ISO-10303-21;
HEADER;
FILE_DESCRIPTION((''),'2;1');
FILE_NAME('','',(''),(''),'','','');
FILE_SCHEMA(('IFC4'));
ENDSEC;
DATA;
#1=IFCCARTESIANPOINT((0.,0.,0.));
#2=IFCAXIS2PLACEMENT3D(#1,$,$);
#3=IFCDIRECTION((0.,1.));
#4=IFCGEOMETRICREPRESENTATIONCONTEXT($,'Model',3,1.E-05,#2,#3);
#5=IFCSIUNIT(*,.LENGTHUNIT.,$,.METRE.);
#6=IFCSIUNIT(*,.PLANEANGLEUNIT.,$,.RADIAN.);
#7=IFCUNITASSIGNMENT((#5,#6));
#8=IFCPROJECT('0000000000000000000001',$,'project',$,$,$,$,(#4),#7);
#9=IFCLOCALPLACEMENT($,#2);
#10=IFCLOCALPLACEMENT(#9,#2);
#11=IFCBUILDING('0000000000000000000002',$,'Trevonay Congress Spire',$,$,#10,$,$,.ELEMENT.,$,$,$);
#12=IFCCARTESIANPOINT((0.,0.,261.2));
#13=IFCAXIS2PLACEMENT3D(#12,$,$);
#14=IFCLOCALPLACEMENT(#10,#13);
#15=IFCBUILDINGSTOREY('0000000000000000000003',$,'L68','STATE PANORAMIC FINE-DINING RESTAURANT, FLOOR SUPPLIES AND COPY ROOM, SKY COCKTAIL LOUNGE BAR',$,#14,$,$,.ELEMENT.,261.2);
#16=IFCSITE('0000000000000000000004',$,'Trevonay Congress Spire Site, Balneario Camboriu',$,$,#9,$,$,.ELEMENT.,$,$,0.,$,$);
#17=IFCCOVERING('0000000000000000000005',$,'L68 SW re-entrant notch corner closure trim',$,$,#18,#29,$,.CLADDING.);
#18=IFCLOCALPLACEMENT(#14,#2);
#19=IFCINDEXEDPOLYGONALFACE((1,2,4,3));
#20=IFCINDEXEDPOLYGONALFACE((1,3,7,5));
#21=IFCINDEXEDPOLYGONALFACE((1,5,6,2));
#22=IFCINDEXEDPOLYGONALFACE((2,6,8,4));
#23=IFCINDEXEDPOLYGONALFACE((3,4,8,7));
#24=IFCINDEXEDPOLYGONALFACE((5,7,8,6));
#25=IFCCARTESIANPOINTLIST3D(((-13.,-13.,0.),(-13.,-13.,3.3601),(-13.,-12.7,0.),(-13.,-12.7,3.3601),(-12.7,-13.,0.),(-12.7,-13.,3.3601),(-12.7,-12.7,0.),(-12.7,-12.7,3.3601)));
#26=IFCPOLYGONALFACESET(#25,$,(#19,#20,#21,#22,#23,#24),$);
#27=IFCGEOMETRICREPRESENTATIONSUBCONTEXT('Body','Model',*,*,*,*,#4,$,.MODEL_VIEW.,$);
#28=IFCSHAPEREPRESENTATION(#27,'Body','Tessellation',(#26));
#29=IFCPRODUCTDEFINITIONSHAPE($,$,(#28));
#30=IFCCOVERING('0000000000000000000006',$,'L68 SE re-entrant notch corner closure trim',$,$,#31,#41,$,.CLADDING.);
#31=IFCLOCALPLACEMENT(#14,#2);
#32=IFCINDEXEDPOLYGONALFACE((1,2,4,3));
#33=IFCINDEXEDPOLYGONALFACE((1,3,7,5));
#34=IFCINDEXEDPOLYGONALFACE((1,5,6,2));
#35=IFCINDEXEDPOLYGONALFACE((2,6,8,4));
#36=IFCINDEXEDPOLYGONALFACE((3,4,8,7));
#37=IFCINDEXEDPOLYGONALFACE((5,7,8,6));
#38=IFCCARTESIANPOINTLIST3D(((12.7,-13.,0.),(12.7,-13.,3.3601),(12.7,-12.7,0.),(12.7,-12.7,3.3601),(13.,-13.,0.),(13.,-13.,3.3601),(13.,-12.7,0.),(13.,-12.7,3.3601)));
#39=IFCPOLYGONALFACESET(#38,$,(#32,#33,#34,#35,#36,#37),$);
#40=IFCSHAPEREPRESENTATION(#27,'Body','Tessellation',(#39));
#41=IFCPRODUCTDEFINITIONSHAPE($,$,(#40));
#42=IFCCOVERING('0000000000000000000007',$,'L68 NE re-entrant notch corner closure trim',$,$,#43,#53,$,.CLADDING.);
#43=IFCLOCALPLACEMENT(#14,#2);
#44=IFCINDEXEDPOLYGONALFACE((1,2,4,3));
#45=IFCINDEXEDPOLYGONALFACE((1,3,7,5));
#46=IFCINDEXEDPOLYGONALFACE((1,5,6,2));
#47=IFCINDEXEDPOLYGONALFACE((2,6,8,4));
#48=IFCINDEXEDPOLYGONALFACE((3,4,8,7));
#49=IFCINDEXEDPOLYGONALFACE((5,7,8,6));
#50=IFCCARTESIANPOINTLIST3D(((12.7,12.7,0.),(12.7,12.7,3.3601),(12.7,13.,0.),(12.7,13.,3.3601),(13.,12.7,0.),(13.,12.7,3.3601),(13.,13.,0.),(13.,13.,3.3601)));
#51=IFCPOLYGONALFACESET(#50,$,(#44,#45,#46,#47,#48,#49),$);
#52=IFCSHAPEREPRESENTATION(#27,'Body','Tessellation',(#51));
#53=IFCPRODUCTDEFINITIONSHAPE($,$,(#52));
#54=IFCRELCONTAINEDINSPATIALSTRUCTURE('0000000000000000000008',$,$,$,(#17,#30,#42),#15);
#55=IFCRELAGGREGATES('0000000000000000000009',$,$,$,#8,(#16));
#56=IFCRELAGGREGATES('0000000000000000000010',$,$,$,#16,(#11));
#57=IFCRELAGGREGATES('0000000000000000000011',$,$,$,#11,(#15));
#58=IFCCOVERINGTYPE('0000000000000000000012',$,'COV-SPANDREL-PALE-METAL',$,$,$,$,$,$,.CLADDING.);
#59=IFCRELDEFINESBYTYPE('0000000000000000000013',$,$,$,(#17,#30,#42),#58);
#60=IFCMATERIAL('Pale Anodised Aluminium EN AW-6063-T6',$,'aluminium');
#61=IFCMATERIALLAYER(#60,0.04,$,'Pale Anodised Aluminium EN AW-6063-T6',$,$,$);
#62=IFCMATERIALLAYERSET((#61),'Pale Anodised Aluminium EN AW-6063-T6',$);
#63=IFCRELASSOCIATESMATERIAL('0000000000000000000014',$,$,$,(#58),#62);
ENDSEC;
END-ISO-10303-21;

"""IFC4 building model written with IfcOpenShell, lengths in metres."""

from ifc_helpers import new_model, si_unit, direction, frame, origin, place, context, subcontext, project, spatial, polyline, outline, extrude, material, layer, layer_set, type_object, element, save


model = new_model("IFC4")

# Units and contexts
model_context = context("Model", 3, precision=1e-05, world=origin(), true_north=direction((0.0, 1.0)))
body_context = subcontext(model_context, "Body", "Model", "MODEL_VIEW")
ifc_project = project(units=[si_unit("LENGTHUNIT", "METRE"), si_unit("PLANEANGLEUNIT", "RADIAN")], contexts=[model_context])

# Site, building, storey
site_placement = place(None, origin())
site = spatial("IfcSite", under=ifc_project, at=site_placement, Name="Trevonay Congress Spire Site, Balneario Camboriu", CompositionType="ELEMENT", RefElevation=0.0)
building_placement = place(site_placement, origin())
building = spatial("IfcBuilding", under=site, at=building_placement, Name="Trevonay Congress Spire", CompositionType="ELEMENT")
storey_placement = place(building_placement, frame((0.0, 0.0, 261.2)))
storey = spatial("IfcBuildingStorey", under=building, at=storey_placement, Name="L68", Description="STATE PANORAMIC FINE-DINING RESTAURANT, FLOOR SUPPLIES AND COPY ROOM, SKY COCKTAIL LOUNGE BAR", CompositionType="ELEMENT", Elevation=261.2)

# Shared definitions
ifc_material_1 = material(Name="Pale Anodised Aluminium EN AW-6063-T6", Category="aluminium")

# Coverings
ifc_layer_1 = layer(ifc_material_1, 0.04, Name="Pale Anodised Aluminium EN AW-6063-T6")
ifc_layer_set_1 = layer_set([ifc_layer_1], Name="Pale Anodised Aluminium EN AW-6063-T6")
covering_type = type_object("IfcCoveringType", Name="COV-SPANDREL-PALE-METAL", PredefinedType="CLADDING", material=ifc_layer_set_1)
covering_1_placement = place(storey_placement, origin())
element("IfcCovering", 1, at=covering_1_placement, inside=storey, type_object=covering_type, Name="L68 SW re-entrant notch corner closure trim", PredefinedType="CLADDING", context=body_context, shape_type="SweptSolid", body=[
    extrude(outline(polyline([(-13.0, -13.0), (-12.7, -13.0), (-12.7, -12.7), (-13.0, -12.7), (-13.0, -13.0)])), origin(), (0.0, 0.0, 1.0), 3.3601),
])
covering_2_placement = place(storey_placement, origin())
element("IfcCovering", 2, at=covering_2_placement, inside=storey, type_object=covering_type, Name="L68 SE re-entrant notch corner closure trim", PredefinedType="CLADDING", context=body_context, shape_type="SweptSolid", body=[
    extrude(outline(polyline([(12.7, -13.0), (13.0, -13.0), (13.0, -12.7), (12.7, -12.7), (12.7, -13.0)])), origin(), (0.0, 0.0, 1.0), 3.3601),
])
covering_3_placement = place(storey_placement, origin())
element("IfcCovering", 3, at=covering_3_placement, inside=storey, type_object=covering_type, Name="L68 NE re-entrant notch corner closure trim", PredefinedType="CLADDING", context=body_context, shape_type="SweptSolid", body=[
    extrude(outline(polyline([(12.7, 12.7), (13.0, 12.7), (13.0, 13.0), (12.7, 13.0), (12.7, 12.7)])), origin(), (0.0, 0.0, 1.0), 3.3601),
])

save(model, "model.ifc")
